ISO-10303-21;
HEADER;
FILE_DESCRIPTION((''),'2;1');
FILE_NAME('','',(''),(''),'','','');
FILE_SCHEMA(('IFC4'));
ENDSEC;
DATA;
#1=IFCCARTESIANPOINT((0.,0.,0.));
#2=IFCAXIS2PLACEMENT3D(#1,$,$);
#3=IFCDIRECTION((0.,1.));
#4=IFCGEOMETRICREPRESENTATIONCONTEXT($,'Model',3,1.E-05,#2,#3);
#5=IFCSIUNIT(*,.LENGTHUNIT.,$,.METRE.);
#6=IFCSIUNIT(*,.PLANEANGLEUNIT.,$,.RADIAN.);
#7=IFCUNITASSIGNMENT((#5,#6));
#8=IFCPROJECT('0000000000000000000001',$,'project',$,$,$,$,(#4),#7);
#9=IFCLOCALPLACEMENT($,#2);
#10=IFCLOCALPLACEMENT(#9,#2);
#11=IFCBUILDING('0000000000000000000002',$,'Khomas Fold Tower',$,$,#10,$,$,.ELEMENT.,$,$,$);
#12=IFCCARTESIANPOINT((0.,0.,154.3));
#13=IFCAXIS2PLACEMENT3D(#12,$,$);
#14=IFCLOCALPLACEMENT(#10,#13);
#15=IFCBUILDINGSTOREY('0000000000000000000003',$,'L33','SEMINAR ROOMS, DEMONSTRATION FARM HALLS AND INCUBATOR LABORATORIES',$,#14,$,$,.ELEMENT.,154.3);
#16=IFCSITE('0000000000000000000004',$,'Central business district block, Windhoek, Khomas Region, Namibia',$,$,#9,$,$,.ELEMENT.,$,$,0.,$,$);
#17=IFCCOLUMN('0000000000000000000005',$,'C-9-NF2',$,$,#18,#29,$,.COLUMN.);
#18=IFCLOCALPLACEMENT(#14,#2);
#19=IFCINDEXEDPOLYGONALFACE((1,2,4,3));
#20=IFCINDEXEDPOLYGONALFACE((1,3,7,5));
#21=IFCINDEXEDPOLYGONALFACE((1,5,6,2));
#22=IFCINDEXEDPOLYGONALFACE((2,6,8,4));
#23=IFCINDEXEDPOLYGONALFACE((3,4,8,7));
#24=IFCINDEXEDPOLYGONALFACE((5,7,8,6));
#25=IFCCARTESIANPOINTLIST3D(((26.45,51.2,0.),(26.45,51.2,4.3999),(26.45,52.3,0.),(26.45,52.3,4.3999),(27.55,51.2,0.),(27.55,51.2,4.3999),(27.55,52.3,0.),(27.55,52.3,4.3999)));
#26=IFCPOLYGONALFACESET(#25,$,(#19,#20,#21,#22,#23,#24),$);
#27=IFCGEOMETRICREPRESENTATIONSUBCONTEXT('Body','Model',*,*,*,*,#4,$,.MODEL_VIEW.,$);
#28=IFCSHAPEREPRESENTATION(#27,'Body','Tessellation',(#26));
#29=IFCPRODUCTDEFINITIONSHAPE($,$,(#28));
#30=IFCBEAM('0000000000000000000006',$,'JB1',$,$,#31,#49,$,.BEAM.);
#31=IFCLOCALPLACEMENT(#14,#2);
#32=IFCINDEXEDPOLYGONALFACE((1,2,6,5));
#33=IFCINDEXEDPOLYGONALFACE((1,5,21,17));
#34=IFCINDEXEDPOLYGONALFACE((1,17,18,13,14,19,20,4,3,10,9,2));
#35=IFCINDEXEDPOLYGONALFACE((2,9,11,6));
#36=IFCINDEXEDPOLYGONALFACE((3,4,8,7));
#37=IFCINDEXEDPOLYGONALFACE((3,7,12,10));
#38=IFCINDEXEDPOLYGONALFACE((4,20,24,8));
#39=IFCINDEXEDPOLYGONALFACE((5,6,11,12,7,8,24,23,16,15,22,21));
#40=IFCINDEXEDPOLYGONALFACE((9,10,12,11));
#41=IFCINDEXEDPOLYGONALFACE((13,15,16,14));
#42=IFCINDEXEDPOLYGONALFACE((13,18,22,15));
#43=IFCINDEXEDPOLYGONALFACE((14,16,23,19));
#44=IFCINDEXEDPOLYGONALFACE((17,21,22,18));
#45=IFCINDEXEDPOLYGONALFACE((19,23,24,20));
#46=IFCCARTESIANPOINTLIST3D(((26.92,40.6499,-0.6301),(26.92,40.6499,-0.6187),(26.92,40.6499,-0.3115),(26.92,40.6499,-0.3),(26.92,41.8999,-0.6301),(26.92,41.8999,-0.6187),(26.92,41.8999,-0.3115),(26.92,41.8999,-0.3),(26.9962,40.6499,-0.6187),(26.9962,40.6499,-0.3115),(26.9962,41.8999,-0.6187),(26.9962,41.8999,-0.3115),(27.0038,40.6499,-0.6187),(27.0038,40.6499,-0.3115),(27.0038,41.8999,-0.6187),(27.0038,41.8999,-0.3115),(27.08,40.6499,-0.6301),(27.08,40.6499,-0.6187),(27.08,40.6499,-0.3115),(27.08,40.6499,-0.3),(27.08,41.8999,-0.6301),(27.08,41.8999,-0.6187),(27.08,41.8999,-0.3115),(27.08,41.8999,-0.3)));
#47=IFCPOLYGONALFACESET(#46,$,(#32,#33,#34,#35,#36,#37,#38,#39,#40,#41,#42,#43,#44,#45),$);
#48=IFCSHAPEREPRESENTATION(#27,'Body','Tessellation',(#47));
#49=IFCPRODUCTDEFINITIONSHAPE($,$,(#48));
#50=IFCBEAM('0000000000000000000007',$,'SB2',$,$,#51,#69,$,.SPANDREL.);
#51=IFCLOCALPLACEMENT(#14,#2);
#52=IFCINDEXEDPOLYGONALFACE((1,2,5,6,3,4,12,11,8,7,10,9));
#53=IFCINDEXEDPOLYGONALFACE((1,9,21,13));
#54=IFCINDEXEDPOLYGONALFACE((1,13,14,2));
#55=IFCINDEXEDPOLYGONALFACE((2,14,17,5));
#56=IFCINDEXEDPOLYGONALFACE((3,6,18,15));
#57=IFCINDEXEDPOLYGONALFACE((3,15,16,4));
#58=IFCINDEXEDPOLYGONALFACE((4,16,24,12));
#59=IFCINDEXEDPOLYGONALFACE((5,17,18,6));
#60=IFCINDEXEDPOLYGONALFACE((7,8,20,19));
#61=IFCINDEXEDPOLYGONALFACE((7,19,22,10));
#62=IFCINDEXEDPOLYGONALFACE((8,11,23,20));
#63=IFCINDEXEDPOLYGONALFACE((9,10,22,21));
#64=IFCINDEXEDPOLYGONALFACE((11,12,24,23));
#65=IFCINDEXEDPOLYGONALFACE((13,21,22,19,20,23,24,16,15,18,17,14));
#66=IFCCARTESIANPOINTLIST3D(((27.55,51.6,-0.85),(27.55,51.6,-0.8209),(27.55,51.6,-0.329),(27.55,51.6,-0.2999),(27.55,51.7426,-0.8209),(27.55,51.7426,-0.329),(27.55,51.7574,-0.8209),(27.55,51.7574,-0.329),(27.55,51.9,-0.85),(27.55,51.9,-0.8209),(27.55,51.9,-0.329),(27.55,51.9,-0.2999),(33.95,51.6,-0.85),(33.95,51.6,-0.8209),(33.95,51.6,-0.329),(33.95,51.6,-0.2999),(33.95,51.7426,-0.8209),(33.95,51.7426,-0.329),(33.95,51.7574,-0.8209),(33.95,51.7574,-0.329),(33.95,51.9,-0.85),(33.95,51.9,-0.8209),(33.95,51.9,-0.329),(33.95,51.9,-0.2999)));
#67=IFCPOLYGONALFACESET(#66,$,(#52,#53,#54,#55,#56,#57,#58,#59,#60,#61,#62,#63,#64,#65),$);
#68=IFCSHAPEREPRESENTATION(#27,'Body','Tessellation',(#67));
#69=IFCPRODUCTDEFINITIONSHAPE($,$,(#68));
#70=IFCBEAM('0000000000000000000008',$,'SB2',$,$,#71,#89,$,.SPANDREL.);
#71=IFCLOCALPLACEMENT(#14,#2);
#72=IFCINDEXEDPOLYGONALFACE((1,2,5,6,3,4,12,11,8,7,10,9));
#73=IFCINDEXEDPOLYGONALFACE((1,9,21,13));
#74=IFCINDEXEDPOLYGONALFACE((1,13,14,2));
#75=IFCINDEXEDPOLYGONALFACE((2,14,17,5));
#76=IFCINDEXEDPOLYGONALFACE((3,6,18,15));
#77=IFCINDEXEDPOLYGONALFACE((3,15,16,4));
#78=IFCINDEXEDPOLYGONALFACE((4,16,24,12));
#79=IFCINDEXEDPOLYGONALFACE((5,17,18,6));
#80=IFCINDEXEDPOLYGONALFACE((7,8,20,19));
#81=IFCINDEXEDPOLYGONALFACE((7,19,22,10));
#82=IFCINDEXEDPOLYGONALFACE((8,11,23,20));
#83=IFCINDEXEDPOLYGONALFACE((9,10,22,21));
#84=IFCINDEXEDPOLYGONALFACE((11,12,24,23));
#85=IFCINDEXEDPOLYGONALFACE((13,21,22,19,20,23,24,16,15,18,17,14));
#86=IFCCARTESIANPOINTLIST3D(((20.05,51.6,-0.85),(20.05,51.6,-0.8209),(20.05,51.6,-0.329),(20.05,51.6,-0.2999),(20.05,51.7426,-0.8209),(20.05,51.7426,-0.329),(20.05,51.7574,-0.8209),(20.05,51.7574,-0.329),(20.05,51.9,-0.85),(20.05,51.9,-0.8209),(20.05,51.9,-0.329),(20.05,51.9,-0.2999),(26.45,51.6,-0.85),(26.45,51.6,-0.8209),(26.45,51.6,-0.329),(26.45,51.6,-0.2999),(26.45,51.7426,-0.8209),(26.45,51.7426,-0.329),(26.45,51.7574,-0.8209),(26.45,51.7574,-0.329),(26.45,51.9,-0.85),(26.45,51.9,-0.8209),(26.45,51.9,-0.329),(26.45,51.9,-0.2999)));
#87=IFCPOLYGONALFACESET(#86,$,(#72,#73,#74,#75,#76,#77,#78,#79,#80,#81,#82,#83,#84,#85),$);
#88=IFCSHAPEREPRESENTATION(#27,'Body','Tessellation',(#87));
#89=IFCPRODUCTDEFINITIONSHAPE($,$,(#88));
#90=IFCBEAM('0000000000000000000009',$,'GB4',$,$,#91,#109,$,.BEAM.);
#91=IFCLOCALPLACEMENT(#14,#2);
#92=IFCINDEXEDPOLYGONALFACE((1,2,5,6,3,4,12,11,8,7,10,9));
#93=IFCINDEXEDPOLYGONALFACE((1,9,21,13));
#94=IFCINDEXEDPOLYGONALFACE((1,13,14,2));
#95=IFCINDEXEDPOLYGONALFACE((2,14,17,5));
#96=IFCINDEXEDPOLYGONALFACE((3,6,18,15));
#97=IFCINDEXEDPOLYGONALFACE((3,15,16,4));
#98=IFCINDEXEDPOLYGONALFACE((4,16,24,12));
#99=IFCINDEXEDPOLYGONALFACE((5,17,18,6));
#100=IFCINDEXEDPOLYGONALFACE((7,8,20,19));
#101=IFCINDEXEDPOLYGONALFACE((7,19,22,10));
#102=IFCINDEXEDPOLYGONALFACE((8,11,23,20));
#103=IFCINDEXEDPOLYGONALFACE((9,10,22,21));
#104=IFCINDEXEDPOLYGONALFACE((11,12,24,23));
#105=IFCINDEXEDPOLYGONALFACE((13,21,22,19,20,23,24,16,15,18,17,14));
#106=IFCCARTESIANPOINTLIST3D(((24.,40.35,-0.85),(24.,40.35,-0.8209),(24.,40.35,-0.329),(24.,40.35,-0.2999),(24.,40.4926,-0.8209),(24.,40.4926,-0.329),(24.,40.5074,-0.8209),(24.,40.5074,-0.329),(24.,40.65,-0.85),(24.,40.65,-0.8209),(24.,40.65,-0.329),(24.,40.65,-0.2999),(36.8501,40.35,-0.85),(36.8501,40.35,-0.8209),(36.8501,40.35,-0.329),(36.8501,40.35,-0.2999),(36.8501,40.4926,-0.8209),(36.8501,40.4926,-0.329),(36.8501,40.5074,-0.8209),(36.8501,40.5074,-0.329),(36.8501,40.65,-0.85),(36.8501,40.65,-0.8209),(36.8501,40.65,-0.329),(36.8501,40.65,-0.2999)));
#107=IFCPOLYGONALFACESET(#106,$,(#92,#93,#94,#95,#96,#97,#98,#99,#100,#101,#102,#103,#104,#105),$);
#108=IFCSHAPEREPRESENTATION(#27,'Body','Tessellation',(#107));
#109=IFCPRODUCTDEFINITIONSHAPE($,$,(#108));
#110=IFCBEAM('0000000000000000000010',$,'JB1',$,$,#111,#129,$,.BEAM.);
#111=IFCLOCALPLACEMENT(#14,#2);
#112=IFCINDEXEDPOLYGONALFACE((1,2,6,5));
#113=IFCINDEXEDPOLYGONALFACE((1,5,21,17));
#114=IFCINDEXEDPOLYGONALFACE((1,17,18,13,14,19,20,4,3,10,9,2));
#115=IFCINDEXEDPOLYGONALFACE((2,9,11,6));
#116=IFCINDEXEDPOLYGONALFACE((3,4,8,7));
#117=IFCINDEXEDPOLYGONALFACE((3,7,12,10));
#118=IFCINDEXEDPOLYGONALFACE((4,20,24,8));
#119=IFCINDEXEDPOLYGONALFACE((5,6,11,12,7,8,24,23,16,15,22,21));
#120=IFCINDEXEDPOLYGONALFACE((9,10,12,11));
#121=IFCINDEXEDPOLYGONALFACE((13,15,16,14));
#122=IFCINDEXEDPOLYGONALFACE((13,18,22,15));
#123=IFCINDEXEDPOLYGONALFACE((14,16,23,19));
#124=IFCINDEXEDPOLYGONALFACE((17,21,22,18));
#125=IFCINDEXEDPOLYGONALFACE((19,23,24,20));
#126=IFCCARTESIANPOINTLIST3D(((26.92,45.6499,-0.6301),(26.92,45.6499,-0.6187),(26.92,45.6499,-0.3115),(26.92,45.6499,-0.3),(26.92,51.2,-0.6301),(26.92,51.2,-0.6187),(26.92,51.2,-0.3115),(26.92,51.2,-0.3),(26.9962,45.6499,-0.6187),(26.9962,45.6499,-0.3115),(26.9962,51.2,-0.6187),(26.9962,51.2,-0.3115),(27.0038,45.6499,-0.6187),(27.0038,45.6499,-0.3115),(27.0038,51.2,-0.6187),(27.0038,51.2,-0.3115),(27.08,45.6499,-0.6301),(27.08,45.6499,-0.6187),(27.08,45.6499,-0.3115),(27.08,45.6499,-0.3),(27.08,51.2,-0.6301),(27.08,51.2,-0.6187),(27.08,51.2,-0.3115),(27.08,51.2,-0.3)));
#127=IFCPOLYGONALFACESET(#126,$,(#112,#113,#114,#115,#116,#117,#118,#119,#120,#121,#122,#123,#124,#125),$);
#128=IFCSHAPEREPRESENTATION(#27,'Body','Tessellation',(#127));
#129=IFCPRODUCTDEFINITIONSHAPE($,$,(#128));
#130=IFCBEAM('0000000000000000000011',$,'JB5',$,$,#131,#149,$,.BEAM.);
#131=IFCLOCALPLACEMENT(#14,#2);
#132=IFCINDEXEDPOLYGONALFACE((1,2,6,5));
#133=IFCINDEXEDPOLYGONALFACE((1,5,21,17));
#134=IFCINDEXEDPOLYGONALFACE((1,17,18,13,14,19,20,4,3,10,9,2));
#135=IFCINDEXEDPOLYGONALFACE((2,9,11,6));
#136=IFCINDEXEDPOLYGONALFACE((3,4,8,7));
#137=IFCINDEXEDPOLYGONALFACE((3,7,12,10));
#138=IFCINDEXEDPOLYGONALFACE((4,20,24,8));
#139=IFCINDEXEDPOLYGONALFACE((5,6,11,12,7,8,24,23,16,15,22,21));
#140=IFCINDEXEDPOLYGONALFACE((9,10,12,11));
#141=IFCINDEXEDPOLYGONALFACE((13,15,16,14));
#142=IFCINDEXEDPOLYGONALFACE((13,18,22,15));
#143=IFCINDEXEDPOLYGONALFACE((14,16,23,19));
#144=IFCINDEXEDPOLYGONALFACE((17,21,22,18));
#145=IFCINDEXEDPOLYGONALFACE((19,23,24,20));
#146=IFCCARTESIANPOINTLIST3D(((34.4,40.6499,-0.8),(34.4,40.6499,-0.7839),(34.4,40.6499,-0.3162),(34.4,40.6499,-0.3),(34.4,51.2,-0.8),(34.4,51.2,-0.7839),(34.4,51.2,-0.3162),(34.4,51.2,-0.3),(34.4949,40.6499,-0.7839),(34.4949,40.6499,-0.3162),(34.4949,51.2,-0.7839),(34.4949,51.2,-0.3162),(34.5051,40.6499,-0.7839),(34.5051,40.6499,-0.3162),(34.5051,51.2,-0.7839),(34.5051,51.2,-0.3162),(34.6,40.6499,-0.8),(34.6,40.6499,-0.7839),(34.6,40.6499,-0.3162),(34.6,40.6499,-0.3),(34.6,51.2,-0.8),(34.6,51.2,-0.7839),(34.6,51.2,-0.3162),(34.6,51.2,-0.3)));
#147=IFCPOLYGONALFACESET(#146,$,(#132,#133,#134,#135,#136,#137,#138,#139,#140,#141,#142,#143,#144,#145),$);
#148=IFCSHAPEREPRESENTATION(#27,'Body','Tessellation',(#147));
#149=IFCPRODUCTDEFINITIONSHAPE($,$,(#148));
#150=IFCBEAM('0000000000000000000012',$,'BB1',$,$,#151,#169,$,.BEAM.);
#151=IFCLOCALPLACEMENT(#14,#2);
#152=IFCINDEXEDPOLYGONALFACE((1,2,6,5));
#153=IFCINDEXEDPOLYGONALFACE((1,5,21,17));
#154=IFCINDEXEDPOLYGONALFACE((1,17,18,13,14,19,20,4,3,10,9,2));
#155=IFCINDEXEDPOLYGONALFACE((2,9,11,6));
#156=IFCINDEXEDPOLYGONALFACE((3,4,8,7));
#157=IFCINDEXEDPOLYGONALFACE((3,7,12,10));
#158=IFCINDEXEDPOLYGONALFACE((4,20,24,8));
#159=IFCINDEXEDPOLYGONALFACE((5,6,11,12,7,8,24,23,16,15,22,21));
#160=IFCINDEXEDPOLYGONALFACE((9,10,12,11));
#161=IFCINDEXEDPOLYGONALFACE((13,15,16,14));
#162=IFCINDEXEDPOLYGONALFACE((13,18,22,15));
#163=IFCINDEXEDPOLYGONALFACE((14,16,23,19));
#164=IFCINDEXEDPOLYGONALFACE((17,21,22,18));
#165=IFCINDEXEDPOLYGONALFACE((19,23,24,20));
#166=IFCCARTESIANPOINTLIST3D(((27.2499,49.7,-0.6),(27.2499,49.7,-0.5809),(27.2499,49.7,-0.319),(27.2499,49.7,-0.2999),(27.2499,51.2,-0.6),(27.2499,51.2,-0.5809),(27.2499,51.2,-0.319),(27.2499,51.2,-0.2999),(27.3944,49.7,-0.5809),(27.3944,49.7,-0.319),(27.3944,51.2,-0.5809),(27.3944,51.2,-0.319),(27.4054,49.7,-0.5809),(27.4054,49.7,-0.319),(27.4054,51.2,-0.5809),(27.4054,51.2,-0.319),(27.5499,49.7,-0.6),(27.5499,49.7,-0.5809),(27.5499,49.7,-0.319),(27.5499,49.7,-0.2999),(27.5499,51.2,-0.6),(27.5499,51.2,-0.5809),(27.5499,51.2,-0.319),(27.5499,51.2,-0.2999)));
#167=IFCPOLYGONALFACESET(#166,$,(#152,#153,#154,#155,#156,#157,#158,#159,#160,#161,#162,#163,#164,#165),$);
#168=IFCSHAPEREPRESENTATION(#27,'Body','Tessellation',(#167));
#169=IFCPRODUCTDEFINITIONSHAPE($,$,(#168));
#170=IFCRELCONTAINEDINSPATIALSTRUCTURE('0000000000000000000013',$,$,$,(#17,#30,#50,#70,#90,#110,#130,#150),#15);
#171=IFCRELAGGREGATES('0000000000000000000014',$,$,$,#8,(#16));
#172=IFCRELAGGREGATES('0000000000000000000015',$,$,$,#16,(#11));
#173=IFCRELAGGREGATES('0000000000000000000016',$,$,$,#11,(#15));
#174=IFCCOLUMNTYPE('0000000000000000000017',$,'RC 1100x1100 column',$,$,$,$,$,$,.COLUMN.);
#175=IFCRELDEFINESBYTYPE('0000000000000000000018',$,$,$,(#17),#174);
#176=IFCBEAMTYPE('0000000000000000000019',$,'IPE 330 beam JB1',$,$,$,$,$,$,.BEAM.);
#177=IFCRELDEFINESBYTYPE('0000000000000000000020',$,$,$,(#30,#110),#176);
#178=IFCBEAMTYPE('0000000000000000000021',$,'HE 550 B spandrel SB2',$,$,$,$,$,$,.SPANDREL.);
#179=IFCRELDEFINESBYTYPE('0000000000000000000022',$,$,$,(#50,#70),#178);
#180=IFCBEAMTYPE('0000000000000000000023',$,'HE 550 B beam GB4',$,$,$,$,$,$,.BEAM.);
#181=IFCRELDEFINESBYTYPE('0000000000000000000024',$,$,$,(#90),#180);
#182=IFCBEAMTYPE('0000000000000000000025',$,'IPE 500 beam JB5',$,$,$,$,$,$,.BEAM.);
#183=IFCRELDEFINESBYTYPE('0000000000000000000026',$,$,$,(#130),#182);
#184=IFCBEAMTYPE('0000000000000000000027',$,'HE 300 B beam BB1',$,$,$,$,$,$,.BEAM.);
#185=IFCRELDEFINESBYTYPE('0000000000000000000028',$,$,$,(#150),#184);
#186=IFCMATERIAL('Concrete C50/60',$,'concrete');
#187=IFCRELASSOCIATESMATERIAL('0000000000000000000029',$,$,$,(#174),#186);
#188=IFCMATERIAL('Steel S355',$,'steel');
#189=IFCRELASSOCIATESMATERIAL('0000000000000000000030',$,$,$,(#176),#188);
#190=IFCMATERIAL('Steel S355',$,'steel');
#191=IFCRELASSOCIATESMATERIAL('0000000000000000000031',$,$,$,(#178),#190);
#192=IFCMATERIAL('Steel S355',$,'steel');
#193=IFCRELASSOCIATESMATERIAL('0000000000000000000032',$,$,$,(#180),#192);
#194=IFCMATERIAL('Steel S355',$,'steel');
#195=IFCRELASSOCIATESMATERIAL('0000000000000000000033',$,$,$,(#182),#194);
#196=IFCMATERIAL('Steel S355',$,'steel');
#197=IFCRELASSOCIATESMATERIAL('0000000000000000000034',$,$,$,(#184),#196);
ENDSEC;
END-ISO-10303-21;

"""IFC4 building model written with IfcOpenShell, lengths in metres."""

from ifc_helpers import new_model, si_unit, direction, frame, origin, origin_2d, place, context, subcontext, project, spatial, rectangle, i_section, extrude, source, transform, mapped, material, material_profile, profile_set, type_object, element, save


model = new_model("IFC4")

# Units and contexts
model_context = context("Model", 3, precision=1e-05, world=origin(), true_north=direction((0.0, 1.0)))
body_context = subcontext(model_context, "Body", "Model", "MODEL_VIEW")
ifc_project = project(units=[si_unit("LENGTHUNIT", "METRE"), si_unit("PLANEANGLEUNIT", "RADIAN")], contexts=[model_context])

# Site, building, storey
site_placement = place(None, origin())
site = spatial("IfcSite", under=ifc_project, at=site_placement, Name="Central business district block, Windhoek, Khomas Region, Namibia", CompositionType="ELEMENT", RefElevation=0.0)
building_placement = place(site_placement, origin())
building = spatial("IfcBuilding", under=site, at=building_placement, Name="Khomas Fold Tower", CompositionType="ELEMENT")
storey_placement = place(building_placement, frame((0.0, 0.0, 154.3)))
storey = spatial("IfcBuildingStorey", under=building, at=storey_placement, Name="L33", Description="SEMINAR ROOMS, DEMONSTRATION FARM HALLS AND INCUBATOR LABORATORIES", CompositionType="ELEMENT", Elevation=154.3)

# Column
ifc_material_1 = material(Name="Concrete C50/60", Category="concrete")
ifc_material_profile_1 = material_profile(ifc_material_1, rectangle(XDim=1.1001, YDim=1.1001, at=origin_2d()), Name="RC 1100x1100")
ifc_profile_set_1 = profile_set([ifc_material_profile_1], Name="Concrete C50/60")
column_type = type_object("IfcColumnType", Name="RC 1100x1100 column", PredefinedType="COLUMN", material=ifc_profile_set_1)
shared_shape_1 = source(origin(), body_context, "Body", "SweptSolid", [
    extrude(rectangle(XDim=1.1001, YDim=1.1001, at=origin_2d()), origin(), (0.0, 0.0, 1.0), 4.3999),
])
column_placement = place(storey_placement, frame((27.0, 51.75, 0.0), z_axis=(0.0, 0.0, 1.0), x_axis=(1.0, 0.0, 0.0)))
element("IfcColumn", 1, at=column_placement, inside=storey, type_object=column_type, Name="C-9-NF2", PredefinedType="COLUMN", context=body_context, shape_type="MappedRepresentation", body=[
    mapped(shared_shape_1, transform((0.0, 0.0, 0.0))),
])

# Beams
ifc_material_2 = material(Name="Steel S355", Category="steel")
ifc_material_profile_2 = material_profile(ifc_material_2, i_section(OverallWidth=0.1599, OverallDepth=0.3301, WebThickness=0.0076, FlangeThickness=0.0115, at=origin_2d()), Name="IPE 330")
ifc_profile_set_2 = profile_set([ifc_material_profile_2], Name="Steel S355")
beam_type_1 = type_object("IfcBeamType", Name="IPE 330 beam JB1", PredefinedType="BEAM", material=ifc_profile_set_2)
shared_shape_2 = source(origin(), body_context, "Body", "SweptSolid", [
    extrude(i_section(OverallWidth=0.1599, OverallDepth=0.3301, WebThickness=0.0076, FlangeThickness=0.0115, at=origin_2d()), origin(), (0.0, 0.0, 1.0), 1.25),
])
beam_1_placement = place(storey_placement, frame((27.0, 40.6499, -0.4651), z_axis=(0.0, 1.0, 0.0), x_axis=(-1.0, 0.0, 0.0)))
element("IfcBeam", 2, at=beam_1_placement, inside=storey, type_object=beam_type_1, Name="JB1", PredefinedType="BEAM", context=body_context, shape_type="MappedRepresentation", body=[
    mapped(shared_shape_2, transform((0.0, 0.0, 0.0))),
])
ifc_material_3 = material(Name="Steel S355", Category="steel")
ifc_material_profile_3 = material_profile(ifc_material_3, i_section(OverallWidth=0.3, OverallDepth=0.55, WebThickness=0.0149, FlangeThickness=0.0291, at=origin_2d()), Name="HE 550 B")
ifc_profile_set_3 = profile_set([ifc_material_profile_3], Name="Steel S355")
beam_type_2 = type_object("IfcBeamType", Name="HE 550 B spandrel SB2", PredefinedType="SPANDREL", material=ifc_profile_set_3)
shared_shape_3 = source(origin(), body_context, "Body", "SweptSolid", [
    extrude(i_section(OverallWidth=0.3, OverallDepth=0.55, WebThickness=0.0149, FlangeThickness=0.0291, at=origin_2d()), origin(), (0.0, 0.0, 1.0), 6.3999),
])
for number, where, z_axis, x_axis, name in (
    (3, (27.55, 51.75, -0.575), (1.0, 0.0, 0.0), (0.0, 1.0, 0.0), "SB2"),
    (4, (20.05, 51.75, -0.575), (1.0, 0.0, 0.0), (0.0, 1.0, 0.0), "SB2"),
):
    element("IfcBeam", number, at=place(storey_placement, frame(where, z_axis=z_axis, x_axis=x_axis)), inside=storey, type_object=beam_type_2, Name=name, PredefinedType="SPANDREL", context=body_context, shape_type="MappedRepresentation", body=[
        mapped(shared_shape_3, transform((0.0, 0.0, 0.0))),
    ])
ifc_material_4 = material(Name="Steel S355", Category="steel")
ifc_material_profile_4 = material_profile(ifc_material_4, i_section(OverallWidth=0.3, OverallDepth=0.55, WebThickness=0.0149, FlangeThickness=0.0291, at=origin_2d()), Name="HE 550 B")
ifc_profile_set_4 = profile_set([ifc_material_profile_4], Name="Steel S355")
beam_type_3 = type_object("IfcBeamType", Name="HE 550 B beam GB4", PredefinedType="BEAM", material=ifc_profile_set_4)
shared_shape_4 = source(origin(), body_context, "Body", "SweptSolid", [
    extrude(i_section(OverallWidth=0.3, OverallDepth=0.55, WebThickness=0.0149, FlangeThickness=0.0291, at=origin_2d()), origin(), (0.0, 0.0, 1.0), 12.8501),
])
beam_2_placement = place(storey_placement, frame((24.0, 40.5, -0.575), z_axis=(1.0, 0.0, 0.0), x_axis=(0.0, 1.0, 0.0)))
element("IfcBeam", 5, at=beam_2_placement, inside=storey, type_object=beam_type_3, Name="GB4", PredefinedType="BEAM", context=body_context, shape_type="MappedRepresentation", body=[
    mapped(shared_shape_4, transform((0.0, 0.0, 0.0))),
])
shared_shape_5 = source(origin(), body_context, "Body", "SweptSolid", [
    extrude(i_section(OverallWidth=0.1599, OverallDepth=0.3301, WebThickness=0.0076, FlangeThickness=0.0115, at=origin_2d()), origin(), (0.0, 0.0, 1.0), 5.55),
])
beam_3_placement = place(storey_placement, frame((27.0, 45.6499, -0.4651), z_axis=(0.0, 1.0, 0.0), x_axis=(-1.0, 0.0, 0.0)))
element("IfcBeam", 6, at=beam_3_placement, inside=storey, type_object=beam_type_1, Name="JB1", PredefinedType="BEAM", context=body_context, shape_type="MappedRepresentation", body=[
    mapped(shared_shape_5, transform((0.0, 0.0, 0.0))),
])
ifc_material_5 = material(Name="Steel S355", Category="steel")
ifc_material_profile_5 = material_profile(ifc_material_5, i_section(OverallWidth=0.2, OverallDepth=0.5, WebThickness=0.0103, FlangeThickness=0.0161, at=origin_2d()), Name="IPE 500")
ifc_profile_set_5 = profile_set([ifc_material_profile_5], Name="Steel S355")
beam_type_4 = type_object("IfcBeamType", Name="IPE 500 beam JB5", PredefinedType="BEAM", material=ifc_profile_set_5)
shared_shape_6 = source(origin(), body_context, "Body", "SweptSolid", [
    extrude(i_section(OverallWidth=0.2, OverallDepth=0.5, WebThickness=0.0103, FlangeThickness=0.0161, at=origin_2d()), origin(), (0.0, 0.0, 1.0), 10.55),
])
beam_4_placement = place(storey_placement, frame((34.5, 40.6499, -0.55), z_axis=(0.0, 1.0, 0.0), x_axis=(-1.0, 0.0, 0.0)))
element("IfcBeam", 7, at=beam_4_placement, inside=storey, type_object=beam_type_4, Name="JB5", PredefinedType="BEAM", context=body_context, shape_type="MappedRepresentation", body=[
    mapped(shared_shape_6, transform((0.0, 0.0, 0.0))),
])
ifc_material_6 = material(Name="Steel S355", Category="steel")
ifc_material_profile_6 = material_profile(ifc_material_6, i_section(OverallWidth=0.3, OverallDepth=0.3, WebThickness=0.011, FlangeThickness=0.019, at=origin_2d()), Name="HE 300 B")
ifc_profile_set_6 = profile_set([ifc_material_profile_6], Name="Steel S355")
beam_type_5 = type_object("IfcBeamType", Name="HE 300 B beam BB1", PredefinedType="BEAM", material=ifc_profile_set_6)
shared_shape_7 = source(origin(), body_context, "Body", "SweptSolid", [
    extrude(i_section(OverallWidth=0.3, OverallDepth=0.3, WebThickness=0.011, FlangeThickness=0.019, at=origin_2d()), origin(), (0.0, 0.0, 1.0), 1.5),
])
for number, where, z_axis, x_axis, name in (
    (8, (27.3999, 49.7, -0.45), (0.0, 1.0, 0.0), (-1.0, 0.0, 0.0), "BB1"),
):
    element("IfcBeam", number, at=place(storey_placement, frame(where, z_axis=z_axis, x_axis=x_axis)), inside=storey, type_object=beam_type_5, Name=name, PredefinedType="BEAM", context=body_context, shape_type="MappedRepresentation", body=[
        mapped(shared_shape_7, transform((0.0, 0.0, 0.0))),
    ])

save(model, "model.ifc")
